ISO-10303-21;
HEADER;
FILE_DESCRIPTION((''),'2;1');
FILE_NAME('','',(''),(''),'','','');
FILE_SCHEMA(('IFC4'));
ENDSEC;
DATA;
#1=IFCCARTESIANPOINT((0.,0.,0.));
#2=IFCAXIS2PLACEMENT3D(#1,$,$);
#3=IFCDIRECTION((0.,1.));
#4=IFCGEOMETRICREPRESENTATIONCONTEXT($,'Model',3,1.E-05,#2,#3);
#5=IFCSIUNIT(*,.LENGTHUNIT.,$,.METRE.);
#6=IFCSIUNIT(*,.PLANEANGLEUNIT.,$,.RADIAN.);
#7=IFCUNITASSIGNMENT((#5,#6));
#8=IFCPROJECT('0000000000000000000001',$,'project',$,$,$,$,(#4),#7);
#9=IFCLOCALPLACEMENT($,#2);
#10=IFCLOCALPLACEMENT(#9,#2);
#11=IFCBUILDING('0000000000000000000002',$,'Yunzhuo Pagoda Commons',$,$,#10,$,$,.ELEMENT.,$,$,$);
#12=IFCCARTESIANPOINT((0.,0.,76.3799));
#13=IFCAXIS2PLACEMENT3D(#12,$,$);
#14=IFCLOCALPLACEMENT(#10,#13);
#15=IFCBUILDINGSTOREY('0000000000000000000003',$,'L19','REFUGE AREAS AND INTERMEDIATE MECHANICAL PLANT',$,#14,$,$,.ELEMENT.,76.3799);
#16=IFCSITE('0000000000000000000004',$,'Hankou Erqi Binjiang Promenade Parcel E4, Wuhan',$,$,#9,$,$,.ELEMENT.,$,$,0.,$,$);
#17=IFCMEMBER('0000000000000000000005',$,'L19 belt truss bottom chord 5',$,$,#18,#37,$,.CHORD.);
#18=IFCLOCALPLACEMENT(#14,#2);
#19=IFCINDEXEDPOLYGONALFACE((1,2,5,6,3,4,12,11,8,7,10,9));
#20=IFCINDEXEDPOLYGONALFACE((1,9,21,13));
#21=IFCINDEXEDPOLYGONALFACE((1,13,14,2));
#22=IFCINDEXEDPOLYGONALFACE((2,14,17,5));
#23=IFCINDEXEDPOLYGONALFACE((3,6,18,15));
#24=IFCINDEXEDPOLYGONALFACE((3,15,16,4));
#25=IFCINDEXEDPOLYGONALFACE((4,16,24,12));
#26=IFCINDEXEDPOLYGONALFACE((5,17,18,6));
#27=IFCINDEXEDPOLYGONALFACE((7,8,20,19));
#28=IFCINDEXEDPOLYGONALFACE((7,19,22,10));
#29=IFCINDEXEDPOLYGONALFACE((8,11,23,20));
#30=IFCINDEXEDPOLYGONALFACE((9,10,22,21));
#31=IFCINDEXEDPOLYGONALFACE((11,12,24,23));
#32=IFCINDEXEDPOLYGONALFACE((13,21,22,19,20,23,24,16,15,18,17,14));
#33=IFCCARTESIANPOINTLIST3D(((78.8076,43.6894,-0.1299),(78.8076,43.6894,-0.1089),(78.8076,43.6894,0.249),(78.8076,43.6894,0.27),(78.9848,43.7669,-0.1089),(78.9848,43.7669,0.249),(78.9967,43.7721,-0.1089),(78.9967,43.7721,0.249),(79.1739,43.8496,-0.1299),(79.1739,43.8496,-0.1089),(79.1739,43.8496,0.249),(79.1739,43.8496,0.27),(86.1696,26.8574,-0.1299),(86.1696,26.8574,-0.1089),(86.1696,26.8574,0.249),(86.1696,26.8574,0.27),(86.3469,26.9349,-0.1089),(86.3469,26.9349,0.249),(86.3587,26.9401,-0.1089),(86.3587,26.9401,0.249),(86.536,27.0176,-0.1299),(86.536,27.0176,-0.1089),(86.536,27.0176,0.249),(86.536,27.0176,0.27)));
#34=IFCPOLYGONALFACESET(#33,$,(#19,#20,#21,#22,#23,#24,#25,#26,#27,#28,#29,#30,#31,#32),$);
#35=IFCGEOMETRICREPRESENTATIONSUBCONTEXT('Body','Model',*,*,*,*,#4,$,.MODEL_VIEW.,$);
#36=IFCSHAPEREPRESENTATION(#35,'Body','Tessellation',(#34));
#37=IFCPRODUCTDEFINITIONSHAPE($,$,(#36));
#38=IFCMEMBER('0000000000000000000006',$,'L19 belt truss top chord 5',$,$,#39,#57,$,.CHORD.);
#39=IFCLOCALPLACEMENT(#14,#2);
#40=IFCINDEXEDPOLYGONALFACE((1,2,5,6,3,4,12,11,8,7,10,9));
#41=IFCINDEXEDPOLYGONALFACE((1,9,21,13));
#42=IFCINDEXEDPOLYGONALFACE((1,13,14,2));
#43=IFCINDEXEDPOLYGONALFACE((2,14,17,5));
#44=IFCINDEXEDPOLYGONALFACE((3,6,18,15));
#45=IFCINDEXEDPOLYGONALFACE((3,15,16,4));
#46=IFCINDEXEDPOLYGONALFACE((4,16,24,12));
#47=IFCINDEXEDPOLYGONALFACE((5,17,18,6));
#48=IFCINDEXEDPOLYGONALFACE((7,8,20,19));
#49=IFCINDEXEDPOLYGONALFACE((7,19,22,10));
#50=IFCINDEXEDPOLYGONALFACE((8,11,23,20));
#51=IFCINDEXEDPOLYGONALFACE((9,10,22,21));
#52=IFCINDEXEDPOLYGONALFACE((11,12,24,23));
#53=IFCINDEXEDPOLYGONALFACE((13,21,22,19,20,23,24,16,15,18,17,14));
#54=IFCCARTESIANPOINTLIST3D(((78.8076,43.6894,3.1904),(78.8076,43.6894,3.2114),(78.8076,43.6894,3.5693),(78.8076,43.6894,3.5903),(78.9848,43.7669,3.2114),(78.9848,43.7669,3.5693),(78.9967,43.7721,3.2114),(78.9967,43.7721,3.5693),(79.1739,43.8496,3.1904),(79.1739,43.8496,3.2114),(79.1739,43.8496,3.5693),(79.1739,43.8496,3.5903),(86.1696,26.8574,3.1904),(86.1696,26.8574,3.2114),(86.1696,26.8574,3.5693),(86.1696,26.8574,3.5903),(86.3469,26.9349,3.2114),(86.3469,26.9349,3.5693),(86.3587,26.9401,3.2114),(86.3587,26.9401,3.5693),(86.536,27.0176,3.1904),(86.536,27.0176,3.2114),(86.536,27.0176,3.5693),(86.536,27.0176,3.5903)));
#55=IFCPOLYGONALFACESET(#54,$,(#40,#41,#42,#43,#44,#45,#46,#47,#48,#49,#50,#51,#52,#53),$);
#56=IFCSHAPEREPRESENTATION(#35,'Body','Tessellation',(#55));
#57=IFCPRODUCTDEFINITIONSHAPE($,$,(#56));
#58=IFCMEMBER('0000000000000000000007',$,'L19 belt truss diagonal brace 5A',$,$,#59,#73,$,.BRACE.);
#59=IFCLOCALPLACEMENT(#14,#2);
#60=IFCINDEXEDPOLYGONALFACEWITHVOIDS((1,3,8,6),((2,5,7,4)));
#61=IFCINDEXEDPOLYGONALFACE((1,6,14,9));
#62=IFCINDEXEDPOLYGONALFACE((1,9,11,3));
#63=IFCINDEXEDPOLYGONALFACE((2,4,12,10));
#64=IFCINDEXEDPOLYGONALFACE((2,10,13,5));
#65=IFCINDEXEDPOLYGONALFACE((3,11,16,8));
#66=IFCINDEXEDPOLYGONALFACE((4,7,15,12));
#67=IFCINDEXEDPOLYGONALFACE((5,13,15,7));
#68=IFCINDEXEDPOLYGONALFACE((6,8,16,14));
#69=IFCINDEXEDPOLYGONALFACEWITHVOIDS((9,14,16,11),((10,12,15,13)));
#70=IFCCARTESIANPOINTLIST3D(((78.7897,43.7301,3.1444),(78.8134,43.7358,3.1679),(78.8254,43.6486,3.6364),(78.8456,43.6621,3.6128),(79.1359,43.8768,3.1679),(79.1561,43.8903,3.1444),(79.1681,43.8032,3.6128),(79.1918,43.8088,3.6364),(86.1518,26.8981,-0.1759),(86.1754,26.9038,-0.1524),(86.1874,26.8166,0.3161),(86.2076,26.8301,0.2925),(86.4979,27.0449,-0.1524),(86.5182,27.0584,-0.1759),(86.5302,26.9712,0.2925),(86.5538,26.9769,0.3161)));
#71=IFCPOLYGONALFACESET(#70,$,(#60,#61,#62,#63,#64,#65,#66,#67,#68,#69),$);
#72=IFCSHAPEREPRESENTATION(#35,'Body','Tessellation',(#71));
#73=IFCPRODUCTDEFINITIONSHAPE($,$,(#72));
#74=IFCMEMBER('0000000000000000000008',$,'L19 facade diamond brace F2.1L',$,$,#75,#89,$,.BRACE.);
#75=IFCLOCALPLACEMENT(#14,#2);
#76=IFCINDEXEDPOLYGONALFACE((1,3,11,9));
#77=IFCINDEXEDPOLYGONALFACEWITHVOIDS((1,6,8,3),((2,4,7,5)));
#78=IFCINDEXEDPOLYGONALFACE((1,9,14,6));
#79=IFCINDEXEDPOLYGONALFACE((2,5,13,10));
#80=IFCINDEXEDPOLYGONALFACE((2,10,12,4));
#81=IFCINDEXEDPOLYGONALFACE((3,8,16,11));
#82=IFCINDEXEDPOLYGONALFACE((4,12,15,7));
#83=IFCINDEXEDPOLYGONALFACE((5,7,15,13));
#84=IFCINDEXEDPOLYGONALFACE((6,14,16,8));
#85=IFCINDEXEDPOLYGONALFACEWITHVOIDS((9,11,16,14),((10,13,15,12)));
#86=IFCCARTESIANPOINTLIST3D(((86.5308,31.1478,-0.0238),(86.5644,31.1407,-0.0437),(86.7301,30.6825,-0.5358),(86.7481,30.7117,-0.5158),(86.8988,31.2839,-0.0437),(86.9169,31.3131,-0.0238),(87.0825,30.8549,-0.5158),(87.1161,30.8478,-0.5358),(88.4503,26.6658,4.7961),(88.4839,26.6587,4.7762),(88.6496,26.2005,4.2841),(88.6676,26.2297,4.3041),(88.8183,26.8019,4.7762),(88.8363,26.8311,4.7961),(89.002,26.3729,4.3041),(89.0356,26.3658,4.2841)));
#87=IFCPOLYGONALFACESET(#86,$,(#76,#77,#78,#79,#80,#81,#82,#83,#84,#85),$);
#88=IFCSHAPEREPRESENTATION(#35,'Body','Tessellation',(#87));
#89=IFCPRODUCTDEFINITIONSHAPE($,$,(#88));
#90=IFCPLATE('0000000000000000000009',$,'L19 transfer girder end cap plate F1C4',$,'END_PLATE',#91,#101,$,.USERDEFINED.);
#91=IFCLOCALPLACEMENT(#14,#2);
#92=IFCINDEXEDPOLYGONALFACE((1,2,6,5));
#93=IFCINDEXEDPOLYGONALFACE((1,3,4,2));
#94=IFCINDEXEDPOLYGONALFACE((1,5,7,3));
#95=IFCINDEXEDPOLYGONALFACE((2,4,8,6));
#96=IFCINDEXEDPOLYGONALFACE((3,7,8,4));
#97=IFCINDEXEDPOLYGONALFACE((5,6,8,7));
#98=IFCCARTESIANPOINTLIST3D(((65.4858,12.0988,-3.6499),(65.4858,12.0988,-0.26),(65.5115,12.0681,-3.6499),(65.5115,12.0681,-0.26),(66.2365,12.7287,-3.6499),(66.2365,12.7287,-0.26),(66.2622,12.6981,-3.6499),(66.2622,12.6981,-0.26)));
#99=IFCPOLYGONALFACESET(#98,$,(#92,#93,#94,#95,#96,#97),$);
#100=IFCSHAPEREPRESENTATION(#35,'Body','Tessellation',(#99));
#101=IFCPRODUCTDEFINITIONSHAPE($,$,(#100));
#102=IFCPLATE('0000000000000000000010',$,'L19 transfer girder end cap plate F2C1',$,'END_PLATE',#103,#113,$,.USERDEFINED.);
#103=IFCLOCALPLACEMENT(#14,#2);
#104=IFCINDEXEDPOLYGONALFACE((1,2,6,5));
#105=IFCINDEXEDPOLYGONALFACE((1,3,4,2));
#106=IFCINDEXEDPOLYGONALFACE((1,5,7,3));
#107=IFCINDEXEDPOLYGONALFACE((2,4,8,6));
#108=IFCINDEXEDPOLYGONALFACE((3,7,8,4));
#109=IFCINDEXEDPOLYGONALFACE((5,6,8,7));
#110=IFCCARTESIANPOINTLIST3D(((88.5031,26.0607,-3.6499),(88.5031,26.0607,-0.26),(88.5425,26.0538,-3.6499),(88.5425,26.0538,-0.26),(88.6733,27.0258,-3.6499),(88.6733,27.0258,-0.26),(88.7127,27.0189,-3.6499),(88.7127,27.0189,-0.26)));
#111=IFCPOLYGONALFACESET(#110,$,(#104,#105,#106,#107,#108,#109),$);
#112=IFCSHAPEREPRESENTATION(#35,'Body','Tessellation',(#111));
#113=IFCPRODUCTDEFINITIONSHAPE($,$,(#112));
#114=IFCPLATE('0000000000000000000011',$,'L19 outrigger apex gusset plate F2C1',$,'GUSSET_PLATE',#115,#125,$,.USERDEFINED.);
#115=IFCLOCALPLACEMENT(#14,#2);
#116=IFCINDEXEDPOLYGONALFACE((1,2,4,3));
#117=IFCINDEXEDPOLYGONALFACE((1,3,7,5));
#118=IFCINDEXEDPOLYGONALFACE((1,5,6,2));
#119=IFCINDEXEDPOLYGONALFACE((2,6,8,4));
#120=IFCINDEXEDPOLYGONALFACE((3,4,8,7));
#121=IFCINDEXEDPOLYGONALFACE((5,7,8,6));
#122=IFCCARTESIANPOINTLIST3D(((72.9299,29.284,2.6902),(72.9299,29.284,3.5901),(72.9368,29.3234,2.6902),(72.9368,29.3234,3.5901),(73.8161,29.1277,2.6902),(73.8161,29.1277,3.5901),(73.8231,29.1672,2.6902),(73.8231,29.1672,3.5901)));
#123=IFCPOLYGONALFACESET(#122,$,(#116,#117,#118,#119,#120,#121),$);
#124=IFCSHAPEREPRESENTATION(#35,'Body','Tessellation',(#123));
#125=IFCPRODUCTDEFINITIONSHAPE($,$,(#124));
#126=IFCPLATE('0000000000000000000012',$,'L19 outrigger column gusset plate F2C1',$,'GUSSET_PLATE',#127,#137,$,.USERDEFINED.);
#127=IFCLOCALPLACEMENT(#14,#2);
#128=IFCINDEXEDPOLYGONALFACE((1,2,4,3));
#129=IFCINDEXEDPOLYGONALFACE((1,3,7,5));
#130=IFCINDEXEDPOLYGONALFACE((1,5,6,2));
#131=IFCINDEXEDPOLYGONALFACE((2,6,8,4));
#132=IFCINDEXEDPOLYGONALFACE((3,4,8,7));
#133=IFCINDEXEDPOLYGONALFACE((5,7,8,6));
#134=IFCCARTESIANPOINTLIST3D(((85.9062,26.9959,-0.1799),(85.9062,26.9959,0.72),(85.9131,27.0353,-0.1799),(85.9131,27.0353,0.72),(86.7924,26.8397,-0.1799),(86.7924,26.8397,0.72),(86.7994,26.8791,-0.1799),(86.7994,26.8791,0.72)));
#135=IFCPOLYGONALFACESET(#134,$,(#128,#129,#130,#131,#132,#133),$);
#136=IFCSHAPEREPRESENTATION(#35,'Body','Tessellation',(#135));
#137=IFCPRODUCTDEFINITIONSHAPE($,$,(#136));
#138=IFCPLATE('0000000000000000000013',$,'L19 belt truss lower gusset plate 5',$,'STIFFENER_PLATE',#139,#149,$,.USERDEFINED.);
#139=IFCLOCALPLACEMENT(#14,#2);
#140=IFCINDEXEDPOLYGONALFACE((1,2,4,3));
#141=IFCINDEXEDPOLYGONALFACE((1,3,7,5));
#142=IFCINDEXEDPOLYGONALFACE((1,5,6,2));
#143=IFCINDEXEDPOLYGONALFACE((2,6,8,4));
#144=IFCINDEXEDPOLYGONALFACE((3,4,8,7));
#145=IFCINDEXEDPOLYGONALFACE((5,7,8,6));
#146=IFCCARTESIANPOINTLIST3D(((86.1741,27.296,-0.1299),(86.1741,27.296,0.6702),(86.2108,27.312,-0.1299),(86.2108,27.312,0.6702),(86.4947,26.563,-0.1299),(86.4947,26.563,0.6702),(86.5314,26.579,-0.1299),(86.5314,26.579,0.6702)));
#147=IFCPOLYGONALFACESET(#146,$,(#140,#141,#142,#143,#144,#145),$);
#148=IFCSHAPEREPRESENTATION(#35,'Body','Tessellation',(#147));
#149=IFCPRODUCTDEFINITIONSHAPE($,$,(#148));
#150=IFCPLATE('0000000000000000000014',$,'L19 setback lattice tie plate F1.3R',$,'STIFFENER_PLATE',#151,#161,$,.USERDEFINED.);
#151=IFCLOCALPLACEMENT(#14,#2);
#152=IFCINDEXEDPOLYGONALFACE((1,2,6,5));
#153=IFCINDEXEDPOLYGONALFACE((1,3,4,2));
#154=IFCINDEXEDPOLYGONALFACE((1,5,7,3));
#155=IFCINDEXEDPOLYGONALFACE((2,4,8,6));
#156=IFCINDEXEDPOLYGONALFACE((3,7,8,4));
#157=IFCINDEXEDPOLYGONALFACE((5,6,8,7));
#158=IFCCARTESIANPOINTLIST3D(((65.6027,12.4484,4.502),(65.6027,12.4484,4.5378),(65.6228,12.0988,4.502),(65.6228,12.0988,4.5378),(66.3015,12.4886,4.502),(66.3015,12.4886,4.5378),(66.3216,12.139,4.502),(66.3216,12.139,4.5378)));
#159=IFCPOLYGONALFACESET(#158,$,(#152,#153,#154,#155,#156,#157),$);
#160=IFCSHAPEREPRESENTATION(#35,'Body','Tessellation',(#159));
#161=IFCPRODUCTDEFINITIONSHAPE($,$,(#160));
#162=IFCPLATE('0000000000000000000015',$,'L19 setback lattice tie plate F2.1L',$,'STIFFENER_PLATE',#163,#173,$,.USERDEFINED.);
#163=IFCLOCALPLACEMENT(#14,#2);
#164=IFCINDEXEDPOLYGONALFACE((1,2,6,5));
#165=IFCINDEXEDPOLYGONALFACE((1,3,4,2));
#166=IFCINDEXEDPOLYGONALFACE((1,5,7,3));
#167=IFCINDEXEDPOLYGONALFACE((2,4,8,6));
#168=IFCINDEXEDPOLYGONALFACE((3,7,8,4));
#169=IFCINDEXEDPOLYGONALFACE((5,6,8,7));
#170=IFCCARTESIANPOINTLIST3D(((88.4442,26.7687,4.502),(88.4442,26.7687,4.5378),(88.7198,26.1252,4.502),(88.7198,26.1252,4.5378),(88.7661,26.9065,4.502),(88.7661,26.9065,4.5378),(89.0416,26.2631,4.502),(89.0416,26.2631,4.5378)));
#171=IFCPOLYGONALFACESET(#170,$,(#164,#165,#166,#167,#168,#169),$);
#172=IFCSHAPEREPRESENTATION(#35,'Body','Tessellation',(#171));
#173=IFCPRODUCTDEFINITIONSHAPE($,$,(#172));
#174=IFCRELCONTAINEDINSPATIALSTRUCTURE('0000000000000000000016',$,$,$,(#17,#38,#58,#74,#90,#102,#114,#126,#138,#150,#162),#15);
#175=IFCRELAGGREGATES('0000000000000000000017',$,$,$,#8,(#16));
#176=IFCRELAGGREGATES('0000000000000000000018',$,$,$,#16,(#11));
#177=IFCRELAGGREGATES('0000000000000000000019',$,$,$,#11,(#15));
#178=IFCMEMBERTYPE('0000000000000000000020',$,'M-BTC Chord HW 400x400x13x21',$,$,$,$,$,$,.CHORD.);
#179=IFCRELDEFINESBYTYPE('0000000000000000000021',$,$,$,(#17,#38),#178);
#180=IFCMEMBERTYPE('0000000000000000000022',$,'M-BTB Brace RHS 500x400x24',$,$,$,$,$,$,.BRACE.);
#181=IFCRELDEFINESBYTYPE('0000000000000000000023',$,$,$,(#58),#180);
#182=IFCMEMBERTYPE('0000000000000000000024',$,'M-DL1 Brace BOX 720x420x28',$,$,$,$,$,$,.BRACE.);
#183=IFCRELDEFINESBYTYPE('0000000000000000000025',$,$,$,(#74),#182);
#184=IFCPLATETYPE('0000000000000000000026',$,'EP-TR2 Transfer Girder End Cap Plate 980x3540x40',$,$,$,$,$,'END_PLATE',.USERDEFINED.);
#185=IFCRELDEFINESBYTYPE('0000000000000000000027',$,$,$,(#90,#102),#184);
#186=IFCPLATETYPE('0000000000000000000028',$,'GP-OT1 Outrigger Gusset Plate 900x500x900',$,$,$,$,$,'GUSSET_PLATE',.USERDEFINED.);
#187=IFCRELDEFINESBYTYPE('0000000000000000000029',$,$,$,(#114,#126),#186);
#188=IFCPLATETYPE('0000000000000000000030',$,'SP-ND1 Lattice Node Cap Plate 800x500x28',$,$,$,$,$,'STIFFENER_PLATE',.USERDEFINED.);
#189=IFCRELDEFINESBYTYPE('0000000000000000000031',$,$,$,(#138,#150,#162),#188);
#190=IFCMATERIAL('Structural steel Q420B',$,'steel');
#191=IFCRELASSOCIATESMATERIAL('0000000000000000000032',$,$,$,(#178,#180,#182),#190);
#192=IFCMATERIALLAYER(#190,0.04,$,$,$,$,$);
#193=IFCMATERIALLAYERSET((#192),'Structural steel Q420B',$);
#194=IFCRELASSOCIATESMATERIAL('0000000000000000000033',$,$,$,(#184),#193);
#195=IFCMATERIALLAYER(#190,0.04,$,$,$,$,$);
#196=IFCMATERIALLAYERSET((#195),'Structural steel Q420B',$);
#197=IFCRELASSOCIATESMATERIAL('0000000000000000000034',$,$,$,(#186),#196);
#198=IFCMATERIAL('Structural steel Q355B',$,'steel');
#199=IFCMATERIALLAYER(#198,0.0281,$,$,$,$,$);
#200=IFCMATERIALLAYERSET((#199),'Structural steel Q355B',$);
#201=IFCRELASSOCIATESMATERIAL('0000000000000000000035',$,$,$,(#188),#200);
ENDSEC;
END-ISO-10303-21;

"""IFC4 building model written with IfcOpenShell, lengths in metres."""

from ifc_helpers import new_model, si_unit, direction, frame, origin, origin_2d, place, context, subcontext, project, spatial, rectangle, hollow_rectangle, i_section, extrude, source, transform, mapped, material, layer, layer_set, material_profile, profile_set, type_object, element, save


model = new_model("IFC4")

# Units and contexts
model_context = context("Model", 3, precision=1e-05, world=origin(), true_north=direction((0.0, 1.0)))
body_context = subcontext(model_context, "Body", "Model", "MODEL_VIEW")
ifc_project = project(units=[si_unit("LENGTHUNIT", "METRE"), si_unit("PLANEANGLEUNIT", "RADIAN")], contexts=[model_context])

# Site, building, storey
site_placement = place(None, origin())
site = spatial("IfcSite", under=ifc_project, at=site_placement, Name="Hankou Erqi Binjiang Promenade Parcel E4, Wuhan", CompositionType="ELEMENT", RefElevation=0.0)
building_placement = place(site_placement, origin())
building = spatial("IfcBuilding", under=site, at=building_placement, Name="Yunzhuo Pagoda Commons", CompositionType="ELEMENT")
storey_placement = place(building_placement, frame((0.0, 0.0, 76.3799)))
storey = spatial("IfcBuildingStorey", under=building, at=storey_placement, Name="L19", Description="REFUGE AREAS AND INTERMEDIATE MECHANICAL PLANT", CompositionType="ELEMENT", Elevation=76.3799)

# Shared definitions
ifc_material_1 = material(Name="Structural steel Q420B", Category="steel")

# Shared definitions
ifc_material_2 = material(Name="Structural steel Q355B", Category="steel")

# Members
ifc_material_profile_1 = material_profile(ifc_material_1, i_section(OverallWidth=0.3999, OverallDepth=0.3999, WebThickness=0.0129, FlangeThickness=0.021, at=origin_2d()), Name="Structural steel Q420B")
ifc_profile_set_1 = profile_set([ifc_material_profile_1], Name="Structural steel Q420B")
member_type_1 = type_object("IfcMemberType", Name="M-BTC Chord HW 400x400x13x21", PredefinedType="CHORD", material=ifc_profile_set_1)
shared_shape_1 = source(origin(), body_context, "Body", "SweptSolid", [
    extrude(i_section(OverallWidth=0.3999, OverallDepth=0.3999, WebThickness=0.0129, FlangeThickness=0.021, at=origin_2d()), origin(), (0.0, 0.0, 1.0), 18.3716),
])
for number, where, z_axis, x_axis, name in (
    (1, (86.3528, 26.9375, 0.0701), (-0.40073, 0.916196, 0.0), (-0.916196, -0.40073, 0.0), "L19 belt truss bottom chord 5"),
    (2, (86.3528, 26.9375, 3.3904), (-0.40073, 0.916196, 0.0), (-0.916196, -0.40073, 0.0), "L19 belt truss top chord 5"),
):
    element("IfcMember", number, at=place(storey_placement, frame(where, z_axis=z_axis, x_axis=x_axis)), inside=storey, type_object=member_type_1, Name=name, PredefinedType="CHORD", context=body_context, shape_type="MappedRepresentation", body=[
        mapped(shared_shape_1, transform((0.0, 0.0, 0.0), scale=1.0)),
    ])
ifc_material_profile_2 = material_profile(ifc_material_1, hollow_rectangle(XDim=0.3999, YDim=0.5, WallThickness=0.0239, at=origin_2d()), Name="Structural steel Q420B")
ifc_profile_set_2 = profile_set([ifc_material_profile_2], Name="Structural steel Q420B")
member_type_2 = type_object("IfcMemberType", Name="M-BTB Brace RHS 500x400x24", PredefinedType="BRACE", material=ifc_profile_set_2)
shared_shape_2 = source(origin(), body_context, "Body", "SweptSolid", [
    extrude(hollow_rectangle(XDim=0.3999, YDim=0.5, WallThickness=0.0239, at=origin_2d()), origin(), (0.0, 0.0, 1.0), 18.6692),
])
member_1_placement = place(storey_placement, frame((86.3528, 26.9375, 0.0701), z_axis=(-0.394341, 0.90159, 0.177849), x_axis=(-0.916196, -0.40073, 0.0)))
element("IfcMember", 3, at=member_1_placement, inside=storey, type_object=member_type_2, Name="L19 belt truss diagonal brace 5A", PredefinedType="BRACE", context=body_context, shape_type="MappedRepresentation", body=[
    mapped(shared_shape_2, transform((0.0, 0.0, 0.0), scale=1.0)),
])
ifc_material_profile_3 = material_profile(ifc_material_1, hollow_rectangle(XDim=0.4199, YDim=0.72, WallThickness=0.0281, at=origin_2d()), Name="Structural steel Q420B")
ifc_profile_set_3 = profile_set([ifc_material_profile_3], Name="Structural steel Q420B")
member_type_3 = type_object("IfcMemberType", Name="M-DL1 Brace BOX 720x420x28", PredefinedType="BRACE", material=ifc_profile_set_3)
shared_shape_3 = source(origin(), body_context, "Body", "SweptSolid", [
    extrude(hollow_rectangle(XDim=0.4199, YDim=0.72, WallThickness=0.0281, at=origin_2d()), origin(), (0.0, 0.0, 1.0), 6.856),
])
member_2_placement = place(storey_placement, frame((86.8235, 30.9978, -0.2798), z_axis=(0.27997, -0.653739, 0.703024), x_axis=(0.919249, 0.393678, 0.0)))
element("IfcMember", 4, at=member_2_placement, inside=storey, type_object=member_type_3, Name="L19 facade diamond brace F2.1L", PredefinedType="BRACE", context=body_context, shape_type="MappedRepresentation", body=[
    mapped(shared_shape_3, transform((0.0, 0.0, 0.0), scale=1.0)),
])

# Plates
ifc_layer_1 = layer(ifc_material_1, 0.04)
ifc_layer_set_1 = layer_set([ifc_layer_1], Name="Structural steel Q420B")
plate_type_1 = type_object("IfcPlateType", Name="EP-TR2 Transfer Girder End Cap Plate 980x3540x40", ElementType="END_PLATE", PredefinedType="USERDEFINED", material=ifc_layer_set_1)
shared_shape_4 = source(origin(), body_context, "Body", "SweptSolid", [
    extrude(rectangle(XDim=0.98, YDim=0.04, at=origin_2d()), origin(), (0.0, 0.0, 1.0), 3.3899),
])
for number, where, z_axis, x_axis, name in (
    (5, (65.874, 12.3984, -3.6499), (0.0, 0.0, 1.0), (0.766044, 0.642788, 0.0), "L19 transfer girder end cap plate F1C4"),
    (6, (88.6079, 26.5398, -3.6499), (0.0, 0.0, 1.0), (0.173648, 0.984808, 0.0), "L19 transfer girder end cap plate F2C1"),
):
    element("IfcPlate", number, at=place(storey_placement, frame(where, z_axis=z_axis, x_axis=x_axis)), inside=storey, type_object=plate_type_1, Name=name, ObjectType="END_PLATE", PredefinedType="USERDEFINED", context=body_context, shape_type="MappedRepresentation", body=[
        mapped(shared_shape_4, transform((0.0, 0.0, 0.0), scale=1.0)),
    ])
ifc_layer_2 = layer(ifc_material_1, 0.04)
ifc_layer_set_2 = layer_set([ifc_layer_2], Name="Structural steel Q420B")
plate_type_2 = type_object("IfcPlateType", Name="GP-OT1 Outrigger Gusset Plate 900x500x900", ElementType="GUSSET_PLATE", PredefinedType="USERDEFINED", material=ifc_layer_set_2)
shared_shape_5 = source(origin(), body_context, "Body", "SweptSolid", [
    extrude(rectangle(XDim=0.8999, YDim=0.04, at=origin_2d()), origin(), (0.0, 0.0, 1.0), 0.8999),
])
for number, where, z_axis, x_axis, name in (
    (7, (73.3765, 29.2256, 2.6902), (0.0, 0.0, 1.0), (0.984808, -0.173648, 0.0), "L19 outrigger apex gusset plate F2C1"),
    (8, (86.3528, 26.9375, -0.1799), (0.0, 0.0, 1.0), (0.984808, -0.173648, 0.0), "L19 outrigger column gusset plate F2C1"),
):
    element("IfcPlate", number, at=place(storey_placement, frame(where, z_axis=z_axis, x_axis=x_axis)), inside=storey, type_object=plate_type_2, Name=name, ObjectType="GUSSET_PLATE", PredefinedType="USERDEFINED", context=body_context, shape_type="MappedRepresentation", body=[
        mapped(shared_shape_5, transform((0.0, 0.0, 0.0), scale=1.0)),
    ])
ifc_layer_3 = layer(ifc_material_2, 0.0281)
ifc_layer_set_3 = layer_set([ifc_layer_3], Name="Structural steel Q355B")
plate_type_3 = type_object("IfcPlateType", Name="SP-ND1 Lattice Node Cap Plate 800x500x28", ElementType="STIFFENER_PLATE", PredefinedType="USERDEFINED", material=ifc_layer_set_3)
shared_shape_6 = source(origin(), body_context, "Body", "SweptSolid", [
    extrude(rectangle(XDim=0.8, YDim=0.04, at=origin_2d()), origin(), (0.0, 0.0, 1.0), 0.8),
])
plate_placement = place(storey_placement, frame((86.3528, 26.9375, -0.1299), z_axis=(0.0, 0.0, 1.0), x_axis=(-0.400717, 0.916202, 0.0)))
element("IfcPlate", 9, at=plate_placement, inside=storey, type_object=plate_type_3, Name="L19 belt truss lower gusset plate 5", ObjectType="STIFFENER_PLATE", PredefinedType="USERDEFINED", context=body_context, shape_type="MappedRepresentation", body=[
    mapped(shared_shape_6, transform((0.0, 0.0, 0.0), scale=1.0)),
])
shared_shape_7 = source(origin(), body_context, "Body", "SweptSolid", [
    extrude(rectangle(XDim=0.7, YDim=0.3501, at=origin_2d()), origin(), (0.0, 0.0, 1.0), 0.0359),
])
for number, where, z_axis, x_axis, name in (
    (10, (65.9622, 12.2937, 4.502), (0.0, 0.0, 1.0), (0.99835, 0.057425, 0.0), "L19 setback lattice tie plate F1.3R"),
    (11, (88.7429, 26.5159, 4.502), (0.0, 0.0, 1.0), (-0.393669, 0.919252, 0.0), "L19 setback lattice tie plate F2.1L"),
):
    element("IfcPlate", number, at=place(storey_placement, frame(where, z_axis=z_axis, x_axis=x_axis)), inside=storey, type_object=plate_type_3, Name=name, ObjectType="STIFFENER_PLATE", PredefinedType="USERDEFINED", context=body_context, shape_type="MappedRepresentation", body=[
        mapped(shared_shape_7, transform((0.0, 0.0, 0.0), scale=1.0)),
    ])

save(model, "model.ifc")
